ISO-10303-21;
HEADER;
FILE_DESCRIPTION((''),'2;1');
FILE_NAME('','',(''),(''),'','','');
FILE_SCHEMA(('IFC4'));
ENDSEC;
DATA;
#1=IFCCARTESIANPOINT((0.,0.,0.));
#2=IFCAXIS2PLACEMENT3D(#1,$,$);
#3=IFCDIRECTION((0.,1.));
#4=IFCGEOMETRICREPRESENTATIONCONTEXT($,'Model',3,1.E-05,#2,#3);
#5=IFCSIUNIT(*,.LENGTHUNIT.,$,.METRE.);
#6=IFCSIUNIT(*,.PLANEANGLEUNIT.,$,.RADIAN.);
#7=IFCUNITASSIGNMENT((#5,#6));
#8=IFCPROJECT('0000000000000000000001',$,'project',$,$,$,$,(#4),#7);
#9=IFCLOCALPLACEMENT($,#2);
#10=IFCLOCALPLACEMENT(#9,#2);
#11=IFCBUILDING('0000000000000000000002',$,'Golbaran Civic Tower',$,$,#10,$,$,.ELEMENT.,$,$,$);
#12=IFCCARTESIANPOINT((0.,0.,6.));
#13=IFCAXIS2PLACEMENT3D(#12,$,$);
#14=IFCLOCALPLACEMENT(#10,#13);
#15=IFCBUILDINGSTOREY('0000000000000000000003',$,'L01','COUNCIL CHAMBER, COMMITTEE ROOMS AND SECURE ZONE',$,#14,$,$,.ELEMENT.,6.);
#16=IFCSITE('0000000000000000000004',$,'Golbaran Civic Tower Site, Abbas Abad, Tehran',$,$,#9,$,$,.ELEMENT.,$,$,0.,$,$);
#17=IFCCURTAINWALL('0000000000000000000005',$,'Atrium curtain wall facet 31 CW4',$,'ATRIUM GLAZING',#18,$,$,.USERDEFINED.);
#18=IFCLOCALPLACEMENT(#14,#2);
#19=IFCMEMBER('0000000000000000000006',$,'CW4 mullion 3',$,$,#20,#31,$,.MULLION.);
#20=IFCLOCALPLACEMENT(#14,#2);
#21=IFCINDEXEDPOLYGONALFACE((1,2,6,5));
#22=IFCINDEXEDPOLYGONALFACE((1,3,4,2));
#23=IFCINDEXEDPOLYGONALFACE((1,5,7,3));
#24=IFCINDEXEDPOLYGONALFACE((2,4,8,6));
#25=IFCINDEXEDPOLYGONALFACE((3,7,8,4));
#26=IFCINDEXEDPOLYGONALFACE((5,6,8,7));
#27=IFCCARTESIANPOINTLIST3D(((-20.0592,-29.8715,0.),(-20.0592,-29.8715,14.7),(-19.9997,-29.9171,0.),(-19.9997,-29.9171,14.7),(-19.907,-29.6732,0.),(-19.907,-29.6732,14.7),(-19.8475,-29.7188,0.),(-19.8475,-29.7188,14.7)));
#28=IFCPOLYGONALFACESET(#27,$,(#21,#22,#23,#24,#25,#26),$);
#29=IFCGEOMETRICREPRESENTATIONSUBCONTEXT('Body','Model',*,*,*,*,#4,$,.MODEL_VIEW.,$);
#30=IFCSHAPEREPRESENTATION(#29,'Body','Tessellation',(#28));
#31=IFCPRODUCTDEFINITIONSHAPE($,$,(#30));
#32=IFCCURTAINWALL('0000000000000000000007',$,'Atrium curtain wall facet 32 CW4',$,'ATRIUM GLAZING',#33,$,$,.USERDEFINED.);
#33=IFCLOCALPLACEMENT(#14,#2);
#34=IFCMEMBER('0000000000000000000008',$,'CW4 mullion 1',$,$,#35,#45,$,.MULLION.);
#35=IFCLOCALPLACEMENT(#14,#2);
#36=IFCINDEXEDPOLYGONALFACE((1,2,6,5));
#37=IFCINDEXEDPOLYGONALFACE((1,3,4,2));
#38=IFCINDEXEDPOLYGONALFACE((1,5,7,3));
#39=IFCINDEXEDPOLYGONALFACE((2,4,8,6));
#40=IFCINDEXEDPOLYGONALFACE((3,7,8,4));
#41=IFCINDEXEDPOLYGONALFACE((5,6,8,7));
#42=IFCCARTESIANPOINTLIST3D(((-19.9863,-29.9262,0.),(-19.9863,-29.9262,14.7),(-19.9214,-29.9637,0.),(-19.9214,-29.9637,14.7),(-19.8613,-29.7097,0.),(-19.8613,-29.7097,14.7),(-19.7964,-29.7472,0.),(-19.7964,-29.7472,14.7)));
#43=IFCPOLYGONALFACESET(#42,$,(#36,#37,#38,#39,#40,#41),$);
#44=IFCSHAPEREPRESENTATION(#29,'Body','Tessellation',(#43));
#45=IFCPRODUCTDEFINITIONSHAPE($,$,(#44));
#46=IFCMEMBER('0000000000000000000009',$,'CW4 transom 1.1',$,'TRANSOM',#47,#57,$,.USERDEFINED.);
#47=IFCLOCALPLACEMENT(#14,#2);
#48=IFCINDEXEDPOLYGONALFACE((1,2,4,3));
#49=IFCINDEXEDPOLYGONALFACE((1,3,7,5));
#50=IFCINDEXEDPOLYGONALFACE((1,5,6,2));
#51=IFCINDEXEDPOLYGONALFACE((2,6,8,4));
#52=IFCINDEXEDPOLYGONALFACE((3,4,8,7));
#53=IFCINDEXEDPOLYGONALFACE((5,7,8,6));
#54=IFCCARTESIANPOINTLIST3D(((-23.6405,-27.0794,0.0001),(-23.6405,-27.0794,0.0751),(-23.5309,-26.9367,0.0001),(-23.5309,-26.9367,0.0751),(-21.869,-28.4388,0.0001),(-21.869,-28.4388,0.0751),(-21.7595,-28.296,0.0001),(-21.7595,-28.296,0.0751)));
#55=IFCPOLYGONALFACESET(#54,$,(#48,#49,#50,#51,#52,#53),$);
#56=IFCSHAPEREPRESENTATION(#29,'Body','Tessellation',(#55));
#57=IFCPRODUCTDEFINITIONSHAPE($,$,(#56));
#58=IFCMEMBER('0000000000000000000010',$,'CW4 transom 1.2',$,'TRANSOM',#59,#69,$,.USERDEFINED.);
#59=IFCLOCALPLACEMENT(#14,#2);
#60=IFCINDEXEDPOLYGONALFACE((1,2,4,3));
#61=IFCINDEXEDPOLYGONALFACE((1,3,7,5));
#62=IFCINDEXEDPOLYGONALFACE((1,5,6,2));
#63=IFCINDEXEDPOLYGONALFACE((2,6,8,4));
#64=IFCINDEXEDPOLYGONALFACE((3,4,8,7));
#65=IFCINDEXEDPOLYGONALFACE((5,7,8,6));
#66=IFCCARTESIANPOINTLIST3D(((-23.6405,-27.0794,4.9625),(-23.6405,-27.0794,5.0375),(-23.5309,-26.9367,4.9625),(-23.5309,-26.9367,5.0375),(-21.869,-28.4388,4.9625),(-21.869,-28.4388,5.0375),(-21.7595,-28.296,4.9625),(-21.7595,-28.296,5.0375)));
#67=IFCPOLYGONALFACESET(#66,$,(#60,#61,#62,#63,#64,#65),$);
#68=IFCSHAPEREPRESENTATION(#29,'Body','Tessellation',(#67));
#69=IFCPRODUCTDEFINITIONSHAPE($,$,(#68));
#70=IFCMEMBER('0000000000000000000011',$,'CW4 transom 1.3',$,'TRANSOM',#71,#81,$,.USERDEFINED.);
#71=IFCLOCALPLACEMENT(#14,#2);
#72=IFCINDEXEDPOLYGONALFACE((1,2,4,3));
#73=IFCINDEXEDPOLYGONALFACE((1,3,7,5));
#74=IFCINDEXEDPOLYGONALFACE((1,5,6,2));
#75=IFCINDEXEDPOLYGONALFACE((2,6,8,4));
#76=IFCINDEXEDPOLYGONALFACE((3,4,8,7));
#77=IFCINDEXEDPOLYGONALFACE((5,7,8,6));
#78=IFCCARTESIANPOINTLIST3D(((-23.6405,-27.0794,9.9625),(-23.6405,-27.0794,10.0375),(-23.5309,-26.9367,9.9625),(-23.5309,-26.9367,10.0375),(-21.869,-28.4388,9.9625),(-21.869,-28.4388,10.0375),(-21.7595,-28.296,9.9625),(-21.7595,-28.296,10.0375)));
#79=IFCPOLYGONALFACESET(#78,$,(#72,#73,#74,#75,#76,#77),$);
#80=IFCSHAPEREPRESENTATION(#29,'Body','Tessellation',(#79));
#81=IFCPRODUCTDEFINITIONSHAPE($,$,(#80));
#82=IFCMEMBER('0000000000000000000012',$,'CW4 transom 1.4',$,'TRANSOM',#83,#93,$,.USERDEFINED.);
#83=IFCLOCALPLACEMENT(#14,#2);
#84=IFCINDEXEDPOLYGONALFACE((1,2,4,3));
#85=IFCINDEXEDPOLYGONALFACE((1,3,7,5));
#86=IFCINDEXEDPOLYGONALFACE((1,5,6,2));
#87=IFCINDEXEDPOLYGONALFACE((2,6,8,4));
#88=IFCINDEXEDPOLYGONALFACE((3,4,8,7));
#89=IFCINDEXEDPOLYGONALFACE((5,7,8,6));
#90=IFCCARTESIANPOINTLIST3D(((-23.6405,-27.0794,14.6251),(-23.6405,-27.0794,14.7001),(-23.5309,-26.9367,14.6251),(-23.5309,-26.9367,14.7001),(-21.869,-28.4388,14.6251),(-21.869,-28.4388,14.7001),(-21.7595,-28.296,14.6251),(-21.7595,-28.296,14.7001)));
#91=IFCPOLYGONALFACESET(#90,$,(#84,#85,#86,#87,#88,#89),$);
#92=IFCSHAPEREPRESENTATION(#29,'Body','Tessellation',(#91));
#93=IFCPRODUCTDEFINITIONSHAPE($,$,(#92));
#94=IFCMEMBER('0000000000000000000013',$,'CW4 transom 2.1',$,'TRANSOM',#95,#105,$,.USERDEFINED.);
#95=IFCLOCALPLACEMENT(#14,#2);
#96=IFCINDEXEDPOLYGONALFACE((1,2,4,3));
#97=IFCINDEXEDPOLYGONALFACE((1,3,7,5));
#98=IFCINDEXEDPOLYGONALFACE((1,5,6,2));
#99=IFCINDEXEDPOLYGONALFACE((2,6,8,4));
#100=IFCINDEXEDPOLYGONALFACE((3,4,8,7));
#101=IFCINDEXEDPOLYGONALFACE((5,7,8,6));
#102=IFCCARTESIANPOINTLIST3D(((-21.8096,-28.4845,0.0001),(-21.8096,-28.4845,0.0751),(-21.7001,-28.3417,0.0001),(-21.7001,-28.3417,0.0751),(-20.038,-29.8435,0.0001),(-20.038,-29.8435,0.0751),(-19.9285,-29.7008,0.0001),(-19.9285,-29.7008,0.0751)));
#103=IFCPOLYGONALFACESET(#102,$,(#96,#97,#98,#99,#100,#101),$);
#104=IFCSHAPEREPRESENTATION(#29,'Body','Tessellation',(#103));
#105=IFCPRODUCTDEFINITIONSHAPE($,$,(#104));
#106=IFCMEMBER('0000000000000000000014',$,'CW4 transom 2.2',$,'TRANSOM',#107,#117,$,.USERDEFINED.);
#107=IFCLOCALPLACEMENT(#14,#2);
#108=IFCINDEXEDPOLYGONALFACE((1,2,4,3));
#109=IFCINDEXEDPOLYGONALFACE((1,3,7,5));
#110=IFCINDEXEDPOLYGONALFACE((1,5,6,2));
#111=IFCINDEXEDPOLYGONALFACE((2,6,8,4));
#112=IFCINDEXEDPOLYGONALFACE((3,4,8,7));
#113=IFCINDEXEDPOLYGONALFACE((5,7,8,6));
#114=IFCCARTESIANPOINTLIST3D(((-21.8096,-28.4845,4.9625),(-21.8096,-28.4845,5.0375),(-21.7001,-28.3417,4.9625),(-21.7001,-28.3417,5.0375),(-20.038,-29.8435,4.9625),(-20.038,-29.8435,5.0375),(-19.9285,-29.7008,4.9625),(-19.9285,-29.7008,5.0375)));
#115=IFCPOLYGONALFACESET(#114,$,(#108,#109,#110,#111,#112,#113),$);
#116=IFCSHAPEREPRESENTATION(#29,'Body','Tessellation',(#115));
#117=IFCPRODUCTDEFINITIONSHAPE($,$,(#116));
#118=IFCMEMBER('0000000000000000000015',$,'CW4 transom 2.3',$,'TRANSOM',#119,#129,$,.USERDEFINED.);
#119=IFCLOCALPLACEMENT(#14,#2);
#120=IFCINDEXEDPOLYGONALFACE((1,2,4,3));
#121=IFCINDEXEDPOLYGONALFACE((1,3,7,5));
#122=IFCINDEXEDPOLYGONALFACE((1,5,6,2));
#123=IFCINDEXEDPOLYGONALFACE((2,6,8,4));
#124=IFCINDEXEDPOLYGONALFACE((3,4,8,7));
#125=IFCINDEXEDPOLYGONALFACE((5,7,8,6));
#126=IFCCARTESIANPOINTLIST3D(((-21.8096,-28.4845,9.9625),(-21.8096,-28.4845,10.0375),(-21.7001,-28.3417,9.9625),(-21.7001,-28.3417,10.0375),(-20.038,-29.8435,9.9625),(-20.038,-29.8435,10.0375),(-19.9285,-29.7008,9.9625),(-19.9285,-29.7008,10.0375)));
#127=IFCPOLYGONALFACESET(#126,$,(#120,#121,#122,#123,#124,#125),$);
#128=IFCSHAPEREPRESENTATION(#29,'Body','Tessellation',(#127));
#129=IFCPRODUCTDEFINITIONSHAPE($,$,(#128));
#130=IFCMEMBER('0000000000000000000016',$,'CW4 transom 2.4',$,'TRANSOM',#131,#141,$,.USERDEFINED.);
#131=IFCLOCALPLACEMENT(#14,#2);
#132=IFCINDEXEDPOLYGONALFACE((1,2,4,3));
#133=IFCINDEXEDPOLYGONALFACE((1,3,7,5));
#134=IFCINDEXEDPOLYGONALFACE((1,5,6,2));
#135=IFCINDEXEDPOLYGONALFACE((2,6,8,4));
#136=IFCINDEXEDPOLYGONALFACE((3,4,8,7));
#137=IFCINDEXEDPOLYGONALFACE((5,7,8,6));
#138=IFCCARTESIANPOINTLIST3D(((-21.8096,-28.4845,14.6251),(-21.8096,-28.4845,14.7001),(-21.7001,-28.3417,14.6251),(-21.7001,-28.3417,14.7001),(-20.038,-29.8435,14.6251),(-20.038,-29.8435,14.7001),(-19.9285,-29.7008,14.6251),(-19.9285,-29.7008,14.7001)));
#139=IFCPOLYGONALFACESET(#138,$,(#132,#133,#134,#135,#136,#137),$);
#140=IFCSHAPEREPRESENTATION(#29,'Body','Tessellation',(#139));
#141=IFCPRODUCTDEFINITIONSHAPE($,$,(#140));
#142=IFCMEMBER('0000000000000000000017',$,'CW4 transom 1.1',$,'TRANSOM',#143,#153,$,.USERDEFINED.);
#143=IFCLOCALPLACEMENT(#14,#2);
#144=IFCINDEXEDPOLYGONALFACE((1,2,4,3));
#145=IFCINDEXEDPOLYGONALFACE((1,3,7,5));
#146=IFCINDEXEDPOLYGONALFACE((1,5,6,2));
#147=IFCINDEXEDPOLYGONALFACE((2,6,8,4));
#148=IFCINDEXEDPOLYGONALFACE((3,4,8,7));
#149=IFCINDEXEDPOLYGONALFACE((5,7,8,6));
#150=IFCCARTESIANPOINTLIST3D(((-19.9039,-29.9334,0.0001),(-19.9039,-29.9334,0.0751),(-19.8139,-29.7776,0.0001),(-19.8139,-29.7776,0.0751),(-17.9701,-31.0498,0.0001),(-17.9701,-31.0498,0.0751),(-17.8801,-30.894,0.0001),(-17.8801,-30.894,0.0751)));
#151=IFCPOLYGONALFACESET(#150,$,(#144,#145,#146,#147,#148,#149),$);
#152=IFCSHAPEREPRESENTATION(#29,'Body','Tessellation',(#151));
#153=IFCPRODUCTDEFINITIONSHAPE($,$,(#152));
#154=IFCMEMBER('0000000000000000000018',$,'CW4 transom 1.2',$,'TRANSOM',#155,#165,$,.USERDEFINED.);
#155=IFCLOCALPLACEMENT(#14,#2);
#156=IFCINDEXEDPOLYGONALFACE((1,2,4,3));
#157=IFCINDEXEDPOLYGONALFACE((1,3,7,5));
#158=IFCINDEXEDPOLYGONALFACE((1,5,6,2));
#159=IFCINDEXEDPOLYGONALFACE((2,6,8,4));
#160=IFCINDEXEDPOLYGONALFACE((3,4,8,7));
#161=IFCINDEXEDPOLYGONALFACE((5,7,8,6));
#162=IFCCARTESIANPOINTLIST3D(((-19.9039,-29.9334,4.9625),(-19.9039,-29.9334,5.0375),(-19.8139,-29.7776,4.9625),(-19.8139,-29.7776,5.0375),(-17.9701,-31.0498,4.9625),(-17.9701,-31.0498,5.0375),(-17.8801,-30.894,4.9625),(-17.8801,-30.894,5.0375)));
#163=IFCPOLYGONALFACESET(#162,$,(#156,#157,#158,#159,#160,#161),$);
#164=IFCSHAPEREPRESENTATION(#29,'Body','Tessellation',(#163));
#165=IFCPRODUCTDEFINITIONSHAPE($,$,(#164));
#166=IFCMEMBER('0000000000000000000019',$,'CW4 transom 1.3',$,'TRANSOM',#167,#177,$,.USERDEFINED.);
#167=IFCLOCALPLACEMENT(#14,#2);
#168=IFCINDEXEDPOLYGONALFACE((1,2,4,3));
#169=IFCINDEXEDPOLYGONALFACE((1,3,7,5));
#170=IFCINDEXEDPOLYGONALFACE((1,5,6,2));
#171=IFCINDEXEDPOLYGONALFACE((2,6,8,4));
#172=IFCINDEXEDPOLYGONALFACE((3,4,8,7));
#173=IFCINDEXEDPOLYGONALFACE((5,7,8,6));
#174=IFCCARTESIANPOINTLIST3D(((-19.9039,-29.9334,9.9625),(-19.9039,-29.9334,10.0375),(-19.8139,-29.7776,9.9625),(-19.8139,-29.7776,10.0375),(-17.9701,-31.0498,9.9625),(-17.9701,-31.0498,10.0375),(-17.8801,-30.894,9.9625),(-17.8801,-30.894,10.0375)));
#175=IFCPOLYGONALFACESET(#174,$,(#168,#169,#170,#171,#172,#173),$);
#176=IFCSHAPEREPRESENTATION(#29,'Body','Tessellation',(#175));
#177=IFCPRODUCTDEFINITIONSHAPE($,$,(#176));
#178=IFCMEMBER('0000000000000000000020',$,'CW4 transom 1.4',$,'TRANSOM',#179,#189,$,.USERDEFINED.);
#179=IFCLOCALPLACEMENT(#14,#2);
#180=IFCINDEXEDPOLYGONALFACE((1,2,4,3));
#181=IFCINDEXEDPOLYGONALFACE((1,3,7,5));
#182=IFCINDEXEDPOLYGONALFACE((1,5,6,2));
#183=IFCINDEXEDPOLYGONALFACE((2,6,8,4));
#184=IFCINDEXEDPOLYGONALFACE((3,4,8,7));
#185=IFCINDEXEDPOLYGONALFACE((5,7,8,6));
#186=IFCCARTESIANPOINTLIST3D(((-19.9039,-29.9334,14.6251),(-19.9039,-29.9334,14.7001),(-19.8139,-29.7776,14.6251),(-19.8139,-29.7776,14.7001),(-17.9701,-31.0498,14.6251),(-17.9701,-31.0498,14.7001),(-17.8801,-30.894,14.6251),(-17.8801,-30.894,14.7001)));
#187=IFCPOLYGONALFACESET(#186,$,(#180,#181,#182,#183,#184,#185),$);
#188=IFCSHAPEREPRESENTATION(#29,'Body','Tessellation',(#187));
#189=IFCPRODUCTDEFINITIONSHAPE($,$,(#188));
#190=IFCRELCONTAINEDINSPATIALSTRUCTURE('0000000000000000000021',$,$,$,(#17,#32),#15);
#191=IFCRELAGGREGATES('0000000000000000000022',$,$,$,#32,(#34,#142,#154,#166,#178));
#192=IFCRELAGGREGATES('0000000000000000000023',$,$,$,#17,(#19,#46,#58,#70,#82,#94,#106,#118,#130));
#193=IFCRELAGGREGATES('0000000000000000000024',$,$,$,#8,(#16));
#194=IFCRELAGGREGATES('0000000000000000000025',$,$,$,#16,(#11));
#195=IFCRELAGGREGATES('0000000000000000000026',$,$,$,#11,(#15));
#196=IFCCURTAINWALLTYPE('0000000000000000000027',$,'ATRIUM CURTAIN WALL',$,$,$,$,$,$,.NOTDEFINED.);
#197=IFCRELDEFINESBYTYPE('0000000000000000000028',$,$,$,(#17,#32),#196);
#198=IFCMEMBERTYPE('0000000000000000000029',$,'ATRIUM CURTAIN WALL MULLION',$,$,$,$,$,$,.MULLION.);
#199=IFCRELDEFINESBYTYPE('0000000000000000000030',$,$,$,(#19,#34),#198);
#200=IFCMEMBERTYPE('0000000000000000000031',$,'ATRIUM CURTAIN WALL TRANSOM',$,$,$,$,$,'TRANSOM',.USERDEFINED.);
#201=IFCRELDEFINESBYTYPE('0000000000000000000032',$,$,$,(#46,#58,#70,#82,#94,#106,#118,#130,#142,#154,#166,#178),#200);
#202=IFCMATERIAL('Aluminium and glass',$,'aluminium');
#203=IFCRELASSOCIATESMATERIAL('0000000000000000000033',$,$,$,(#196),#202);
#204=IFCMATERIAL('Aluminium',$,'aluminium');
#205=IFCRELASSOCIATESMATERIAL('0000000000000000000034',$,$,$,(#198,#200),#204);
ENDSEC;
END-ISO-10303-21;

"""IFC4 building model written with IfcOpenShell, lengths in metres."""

from ifc_helpers import new_model, si_unit, direction, frame, origin, origin_2d, place, context, subcontext, project, spatial, rectangle, extrude, material, material_profile, profile_set, type_object, element, aggregate, save


model = new_model("IFC4")

# Units and contexts
model_context = context("Model", 3, precision=1e-05, world=origin(), true_north=direction((0.0, 1.0)))
body_context = subcontext(model_context, "Body", "Model", "MODEL_VIEW")
ifc_project = project(units=[si_unit("LENGTHUNIT", "METRE"), si_unit("PLANEANGLEUNIT", "RADIAN")], contexts=[model_context])

# Site, building, storey
site_placement = place(None, origin())
site = spatial("IfcSite", under=ifc_project, at=site_placement, Name="Golbaran Civic Tower Site, Abbas Abad, Tehran", CompositionType="ELEMENT", RefElevation=0.0)
building_placement = place(site_placement, origin())
building = spatial("IfcBuilding", under=site, at=building_placement, Name="Golbaran Civic Tower", CompositionType="ELEMENT")
storey_placement = place(building_placement, frame((0.0, 0.0, 6.0)))
storey = spatial("IfcBuildingStorey", under=building, at=storey_placement, Name="L01", Description="COUNCIL CHAMBER, COMMITTEE ROOMS AND SECURE ZONE", CompositionType="ELEMENT", Elevation=6.0)

# Curtain wall, member
ifc_material_1 = material(Name="Aluminium and glass", Category="aluminium")
curtain_wall_type = type_object("IfcCurtainWallType", Name="ATRIUM CURTAIN WALL", PredefinedType="NOTDEFINED", material=ifc_material_1)
curtain_wall_1_placement = place(storey_placement, origin())
curtain_wall_1 = element("IfcCurtainWall", 1, at=curtain_wall_1_placement, inside=storey, type_object=curtain_wall_type, Name="Atrium curtain wall facet 31 CW4", ObjectType="ATRIUM GLAZING", PredefinedType="USERDEFINED")
ifc_material_2 = material(Name="Aluminium", Category="aluminium")
ifc_material_profile_1 = material_profile(ifc_material_2, rectangle(XDim=0.25, YDim=0.075, at=origin_2d()), Name="ATRIUM CURTAIN WALL MULLION")
ifc_profile_set_1 = profile_set([ifc_material_profile_1], Name="Aluminium")
member_type_1 = type_object("IfcMemberType", Name="ATRIUM CURTAIN WALL MULLION", PredefinedType="MULLION", material=ifc_profile_set_1)
member_1_placement = place(storey_placement, frame((-19.9534, -29.7952, 0.0), z_axis=(0.0, 0.0, 1.0), x_axis=(0.608761, 0.793353, 0.0)))
member_1 = element("IfcMember", 2, at=member_1_placement, type_object=member_type_1, Name="CW4 mullion 3", PredefinedType="MULLION", context=body_context, shape_type="SweptSolid", body=[
    extrude(rectangle(XDim=0.25, YDim=0.075, at=origin_2d()), origin(), (0.0, 0.0, 1.0), 14.7),
])

# Curtain wall, member
curtain_wall_2_placement = place(storey_placement, origin())
curtain_wall_2 = element("IfcCurtainWall", 3, at=curtain_wall_2_placement, inside=storey, type_object=curtain_wall_type, Name="Atrium curtain wall facet 32 CW4", ObjectType="ATRIUM GLAZING", PredefinedType="USERDEFINED")
member_2_placement = place(storey_placement, frame((-19.8914, -29.8367, 0.0), z_axis=(0.0, 0.0, 1.0), x_axis=(0.5, 0.866025, 0.0)))
member_2 = element("IfcMember", 4, at=member_2_placement, type_object=member_type_1, Name="CW4 mullion 1", PredefinedType="MULLION", context=body_context, shape_type="SweptSolid", body=[
    extrude(rectangle(XDim=0.25, YDim=0.075, at=origin_2d()), origin(), (0.0, 0.0, 1.0), 14.7),
])

# Members
ifc_material_profile_2 = material_profile(ifc_material_2, rectangle(XDim=0.1799, YDim=0.075, at=origin_2d()), Name="ATRIUM CURTAIN WALL TRANSOM")
ifc_profile_set_2 = profile_set([ifc_material_profile_2], Name="Aluminium")
member_type_2 = type_object("IfcMemberType", Name="ATRIUM CURTAIN WALL TRANSOM", ElementType="TRANSOM", PredefinedType="USERDEFINED", material=ifc_profile_set_2)
member_3_placement = place(storey_placement, frame((-23.5857, -27.0081, 0.0376), z_axis=(0.793339, -0.60878, 0.0), x_axis=(0.60878, 0.793339, 0.0)))
member_3 = element("IfcMember", 5, at=member_3_placement, type_object=member_type_2, Name="CW4 transom 1.1", ObjectType="TRANSOM", PredefinedType="USERDEFINED", context=body_context, shape_type="SweptSolid", body=[
    extrude(rectangle(XDim=0.1799, YDim=0.075, at=origin_2d()), origin(), (0.0, 0.0, 1.0), 2.2329),
])
member_4_placement = place(storey_placement, frame((-23.5857, -27.0081, 5.0), z_axis=(0.793339, -0.60878, 0.0), x_axis=(0.60878, 0.793339, 0.0)))
member_4 = element("IfcMember", 6, at=member_4_placement, type_object=member_type_2, Name="CW4 transom 1.2", ObjectType="TRANSOM", PredefinedType="USERDEFINED", context=body_context, shape_type="SweptSolid", body=[
    extrude(rectangle(XDim=0.1799, YDim=0.075, at=origin_2d()), origin(), (0.0, 0.0, 1.0), 2.2329),
])
member_5_placement = place(storey_placement, frame((-23.5857, -27.0081, 10.0), z_axis=(0.793339, -0.60878, 0.0), x_axis=(0.60878, 0.793339, 0.0)))
member_5 = element("IfcMember", 7, at=member_5_placement, type_object=member_type_2, Name="CW4 transom 1.3", ObjectType="TRANSOM", PredefinedType="USERDEFINED", context=body_context, shape_type="SweptSolid", body=[
    extrude(rectangle(XDim=0.1799, YDim=0.075, at=origin_2d()), origin(), (0.0, 0.0, 1.0), 2.2329),
])
member_6_placement = place(storey_placement, frame((-23.5857, -27.0081, 14.6626), z_axis=(0.793339, -0.60878, 0.0), x_axis=(0.60878, 0.793339, 0.0)))
member_6 = element("IfcMember", 8, at=member_6_placement, type_object=member_type_2, Name="CW4 transom 1.4", ObjectType="TRANSOM", PredefinedType="USERDEFINED", context=body_context, shape_type="SweptSolid", body=[
    extrude(rectangle(XDim=0.1799, YDim=0.075, at=origin_2d()), origin(), (0.0, 0.0, 1.0), 2.2329),
])
member_7_placement = place(storey_placement, frame((-21.7549, -28.4131, 0.0376), z_axis=(0.793432, -0.608659, 0.0), x_axis=(0.608659, 0.793432, 0.0)))
member_7 = element("IfcMember", 9, at=member_7_placement, type_object=member_type_2, Name="CW4 transom 2.1", ObjectType="TRANSOM", PredefinedType="USERDEFINED", context=body_context, shape_type="SweptSolid", body=[
    extrude(rectangle(XDim=0.1799, YDim=0.075, at=origin_2d()), origin(), (0.0, 0.0, 1.0), 2.2329),
])
member_8_placement = place(storey_placement, frame((-21.7549, -28.4131, 5.0), z_axis=(0.793432, -0.608659, 0.0), x_axis=(0.608659, 0.793432, 0.0)))
member_8 = element("IfcMember", 10, at=member_8_placement, type_object=member_type_2, Name="CW4 transom 2.2", ObjectType="TRANSOM", PredefinedType="USERDEFINED", context=body_context, shape_type="SweptSolid", body=[
    extrude(rectangle(XDim=0.1799, YDim=0.075, at=origin_2d()), origin(), (0.0, 0.0, 1.0), 2.2329),
])
member_9_placement = place(storey_placement, frame((-21.7549, -28.4131, 10.0), z_axis=(0.793432, -0.608659, 0.0), x_axis=(0.608659, 0.793432, 0.0)))
member_9 = element("IfcMember", 11, at=member_9_placement, type_object=member_type_2, Name="CW4 transom 2.3", ObjectType="TRANSOM", PredefinedType="USERDEFINED", context=body_context, shape_type="SweptSolid", body=[
    extrude(rectangle(XDim=0.1799, YDim=0.075, at=origin_2d()), origin(), (0.0, 0.0, 1.0), 2.2329),
])
member_10_placement = place(storey_placement, frame((-21.7549, -28.4131, 14.6626), z_axis=(0.793432, -0.608659, 0.0), x_axis=(0.608659, 0.793432, 0.0)))
member_10 = element("IfcMember", 12, at=member_10_placement, type_object=member_type_2, Name="CW4 transom 2.4", ObjectType="TRANSOM", PredefinedType="USERDEFINED", context=body_context, shape_type="SweptSolid", body=[
    extrude(rectangle(XDim=0.1799, YDim=0.075, at=origin_2d()), origin(), (0.0, 0.0, 1.0), 2.2329),
])
member_11_placement = place(storey_placement, frame((-19.8589, -29.8555, 0.0376), z_axis=(0.866034, -0.499984, 0.0), x_axis=(0.499984, 0.866034, 0.0)))
member_11 = element("IfcMember", 13, at=member_11_placement, type_object=member_type_2, Name="CW4 transom 1.1", ObjectType="TRANSOM", PredefinedType="USERDEFINED", context=body_context, shape_type="SweptSolid", body=[
    extrude(rectangle(XDim=0.1799, YDim=0.075, at=origin_2d()), origin(), (0.0, 0.0, 1.0), 2.2329),
])
member_12_placement = place(storey_placement, frame((-19.8589, -29.8555, 5.0), z_axis=(0.866034, -0.499984, 0.0), x_axis=(0.499984, 0.866034, 0.0)))
member_12 = element("IfcMember", 14, at=member_12_placement, type_object=member_type_2, Name="CW4 transom 1.2", ObjectType="TRANSOM", PredefinedType="USERDEFINED", context=body_context, shape_type="SweptSolid", body=[
    extrude(rectangle(XDim=0.1799, YDim=0.075, at=origin_2d()), origin(), (0.0, 0.0, 1.0), 2.2329),
])
member_13_placement = place(storey_placement, frame((-19.8589, -29.8555, 10.0), z_axis=(0.866034, -0.499984, 0.0), x_axis=(0.499984, 0.866034, 0.0)))
member_13 = element("IfcMember", 15, at=member_13_placement, type_object=member_type_2, Name="CW4 transom 1.3", ObjectType="TRANSOM", PredefinedType="USERDEFINED", context=body_context, shape_type="SweptSolid", body=[
    extrude(rectangle(XDim=0.1799, YDim=0.075, at=origin_2d()), origin(), (0.0, 0.0, 1.0), 2.2329),
])
member_14_placement = place(storey_placement, frame((-19.8589, -29.8555, 14.6626), z_axis=(0.866034, -0.499984, 0.0), x_axis=(0.499984, 0.866034, 0.0)))
member_14 = element("IfcMember", 16, at=member_14_placement, type_object=member_type_2, Name="CW4 transom 1.4", ObjectType="TRANSOM", PredefinedType="USERDEFINED", context=body_context, shape_type="SweptSolid", body=[
    extrude(rectangle(XDim=0.1799, YDim=0.075, at=origin_2d()), origin(), (0.0, 0.0, 1.0), 2.2329),
])
aggregate(curtain_wall_2, [member_2, member_11, member_12, member_13, member_14])

aggregate(curtain_wall_1, [member_1, member_3, member_4, member_5, member_6, member_7, member_8, member_9, member_10])

save(model, "model.ifc")
